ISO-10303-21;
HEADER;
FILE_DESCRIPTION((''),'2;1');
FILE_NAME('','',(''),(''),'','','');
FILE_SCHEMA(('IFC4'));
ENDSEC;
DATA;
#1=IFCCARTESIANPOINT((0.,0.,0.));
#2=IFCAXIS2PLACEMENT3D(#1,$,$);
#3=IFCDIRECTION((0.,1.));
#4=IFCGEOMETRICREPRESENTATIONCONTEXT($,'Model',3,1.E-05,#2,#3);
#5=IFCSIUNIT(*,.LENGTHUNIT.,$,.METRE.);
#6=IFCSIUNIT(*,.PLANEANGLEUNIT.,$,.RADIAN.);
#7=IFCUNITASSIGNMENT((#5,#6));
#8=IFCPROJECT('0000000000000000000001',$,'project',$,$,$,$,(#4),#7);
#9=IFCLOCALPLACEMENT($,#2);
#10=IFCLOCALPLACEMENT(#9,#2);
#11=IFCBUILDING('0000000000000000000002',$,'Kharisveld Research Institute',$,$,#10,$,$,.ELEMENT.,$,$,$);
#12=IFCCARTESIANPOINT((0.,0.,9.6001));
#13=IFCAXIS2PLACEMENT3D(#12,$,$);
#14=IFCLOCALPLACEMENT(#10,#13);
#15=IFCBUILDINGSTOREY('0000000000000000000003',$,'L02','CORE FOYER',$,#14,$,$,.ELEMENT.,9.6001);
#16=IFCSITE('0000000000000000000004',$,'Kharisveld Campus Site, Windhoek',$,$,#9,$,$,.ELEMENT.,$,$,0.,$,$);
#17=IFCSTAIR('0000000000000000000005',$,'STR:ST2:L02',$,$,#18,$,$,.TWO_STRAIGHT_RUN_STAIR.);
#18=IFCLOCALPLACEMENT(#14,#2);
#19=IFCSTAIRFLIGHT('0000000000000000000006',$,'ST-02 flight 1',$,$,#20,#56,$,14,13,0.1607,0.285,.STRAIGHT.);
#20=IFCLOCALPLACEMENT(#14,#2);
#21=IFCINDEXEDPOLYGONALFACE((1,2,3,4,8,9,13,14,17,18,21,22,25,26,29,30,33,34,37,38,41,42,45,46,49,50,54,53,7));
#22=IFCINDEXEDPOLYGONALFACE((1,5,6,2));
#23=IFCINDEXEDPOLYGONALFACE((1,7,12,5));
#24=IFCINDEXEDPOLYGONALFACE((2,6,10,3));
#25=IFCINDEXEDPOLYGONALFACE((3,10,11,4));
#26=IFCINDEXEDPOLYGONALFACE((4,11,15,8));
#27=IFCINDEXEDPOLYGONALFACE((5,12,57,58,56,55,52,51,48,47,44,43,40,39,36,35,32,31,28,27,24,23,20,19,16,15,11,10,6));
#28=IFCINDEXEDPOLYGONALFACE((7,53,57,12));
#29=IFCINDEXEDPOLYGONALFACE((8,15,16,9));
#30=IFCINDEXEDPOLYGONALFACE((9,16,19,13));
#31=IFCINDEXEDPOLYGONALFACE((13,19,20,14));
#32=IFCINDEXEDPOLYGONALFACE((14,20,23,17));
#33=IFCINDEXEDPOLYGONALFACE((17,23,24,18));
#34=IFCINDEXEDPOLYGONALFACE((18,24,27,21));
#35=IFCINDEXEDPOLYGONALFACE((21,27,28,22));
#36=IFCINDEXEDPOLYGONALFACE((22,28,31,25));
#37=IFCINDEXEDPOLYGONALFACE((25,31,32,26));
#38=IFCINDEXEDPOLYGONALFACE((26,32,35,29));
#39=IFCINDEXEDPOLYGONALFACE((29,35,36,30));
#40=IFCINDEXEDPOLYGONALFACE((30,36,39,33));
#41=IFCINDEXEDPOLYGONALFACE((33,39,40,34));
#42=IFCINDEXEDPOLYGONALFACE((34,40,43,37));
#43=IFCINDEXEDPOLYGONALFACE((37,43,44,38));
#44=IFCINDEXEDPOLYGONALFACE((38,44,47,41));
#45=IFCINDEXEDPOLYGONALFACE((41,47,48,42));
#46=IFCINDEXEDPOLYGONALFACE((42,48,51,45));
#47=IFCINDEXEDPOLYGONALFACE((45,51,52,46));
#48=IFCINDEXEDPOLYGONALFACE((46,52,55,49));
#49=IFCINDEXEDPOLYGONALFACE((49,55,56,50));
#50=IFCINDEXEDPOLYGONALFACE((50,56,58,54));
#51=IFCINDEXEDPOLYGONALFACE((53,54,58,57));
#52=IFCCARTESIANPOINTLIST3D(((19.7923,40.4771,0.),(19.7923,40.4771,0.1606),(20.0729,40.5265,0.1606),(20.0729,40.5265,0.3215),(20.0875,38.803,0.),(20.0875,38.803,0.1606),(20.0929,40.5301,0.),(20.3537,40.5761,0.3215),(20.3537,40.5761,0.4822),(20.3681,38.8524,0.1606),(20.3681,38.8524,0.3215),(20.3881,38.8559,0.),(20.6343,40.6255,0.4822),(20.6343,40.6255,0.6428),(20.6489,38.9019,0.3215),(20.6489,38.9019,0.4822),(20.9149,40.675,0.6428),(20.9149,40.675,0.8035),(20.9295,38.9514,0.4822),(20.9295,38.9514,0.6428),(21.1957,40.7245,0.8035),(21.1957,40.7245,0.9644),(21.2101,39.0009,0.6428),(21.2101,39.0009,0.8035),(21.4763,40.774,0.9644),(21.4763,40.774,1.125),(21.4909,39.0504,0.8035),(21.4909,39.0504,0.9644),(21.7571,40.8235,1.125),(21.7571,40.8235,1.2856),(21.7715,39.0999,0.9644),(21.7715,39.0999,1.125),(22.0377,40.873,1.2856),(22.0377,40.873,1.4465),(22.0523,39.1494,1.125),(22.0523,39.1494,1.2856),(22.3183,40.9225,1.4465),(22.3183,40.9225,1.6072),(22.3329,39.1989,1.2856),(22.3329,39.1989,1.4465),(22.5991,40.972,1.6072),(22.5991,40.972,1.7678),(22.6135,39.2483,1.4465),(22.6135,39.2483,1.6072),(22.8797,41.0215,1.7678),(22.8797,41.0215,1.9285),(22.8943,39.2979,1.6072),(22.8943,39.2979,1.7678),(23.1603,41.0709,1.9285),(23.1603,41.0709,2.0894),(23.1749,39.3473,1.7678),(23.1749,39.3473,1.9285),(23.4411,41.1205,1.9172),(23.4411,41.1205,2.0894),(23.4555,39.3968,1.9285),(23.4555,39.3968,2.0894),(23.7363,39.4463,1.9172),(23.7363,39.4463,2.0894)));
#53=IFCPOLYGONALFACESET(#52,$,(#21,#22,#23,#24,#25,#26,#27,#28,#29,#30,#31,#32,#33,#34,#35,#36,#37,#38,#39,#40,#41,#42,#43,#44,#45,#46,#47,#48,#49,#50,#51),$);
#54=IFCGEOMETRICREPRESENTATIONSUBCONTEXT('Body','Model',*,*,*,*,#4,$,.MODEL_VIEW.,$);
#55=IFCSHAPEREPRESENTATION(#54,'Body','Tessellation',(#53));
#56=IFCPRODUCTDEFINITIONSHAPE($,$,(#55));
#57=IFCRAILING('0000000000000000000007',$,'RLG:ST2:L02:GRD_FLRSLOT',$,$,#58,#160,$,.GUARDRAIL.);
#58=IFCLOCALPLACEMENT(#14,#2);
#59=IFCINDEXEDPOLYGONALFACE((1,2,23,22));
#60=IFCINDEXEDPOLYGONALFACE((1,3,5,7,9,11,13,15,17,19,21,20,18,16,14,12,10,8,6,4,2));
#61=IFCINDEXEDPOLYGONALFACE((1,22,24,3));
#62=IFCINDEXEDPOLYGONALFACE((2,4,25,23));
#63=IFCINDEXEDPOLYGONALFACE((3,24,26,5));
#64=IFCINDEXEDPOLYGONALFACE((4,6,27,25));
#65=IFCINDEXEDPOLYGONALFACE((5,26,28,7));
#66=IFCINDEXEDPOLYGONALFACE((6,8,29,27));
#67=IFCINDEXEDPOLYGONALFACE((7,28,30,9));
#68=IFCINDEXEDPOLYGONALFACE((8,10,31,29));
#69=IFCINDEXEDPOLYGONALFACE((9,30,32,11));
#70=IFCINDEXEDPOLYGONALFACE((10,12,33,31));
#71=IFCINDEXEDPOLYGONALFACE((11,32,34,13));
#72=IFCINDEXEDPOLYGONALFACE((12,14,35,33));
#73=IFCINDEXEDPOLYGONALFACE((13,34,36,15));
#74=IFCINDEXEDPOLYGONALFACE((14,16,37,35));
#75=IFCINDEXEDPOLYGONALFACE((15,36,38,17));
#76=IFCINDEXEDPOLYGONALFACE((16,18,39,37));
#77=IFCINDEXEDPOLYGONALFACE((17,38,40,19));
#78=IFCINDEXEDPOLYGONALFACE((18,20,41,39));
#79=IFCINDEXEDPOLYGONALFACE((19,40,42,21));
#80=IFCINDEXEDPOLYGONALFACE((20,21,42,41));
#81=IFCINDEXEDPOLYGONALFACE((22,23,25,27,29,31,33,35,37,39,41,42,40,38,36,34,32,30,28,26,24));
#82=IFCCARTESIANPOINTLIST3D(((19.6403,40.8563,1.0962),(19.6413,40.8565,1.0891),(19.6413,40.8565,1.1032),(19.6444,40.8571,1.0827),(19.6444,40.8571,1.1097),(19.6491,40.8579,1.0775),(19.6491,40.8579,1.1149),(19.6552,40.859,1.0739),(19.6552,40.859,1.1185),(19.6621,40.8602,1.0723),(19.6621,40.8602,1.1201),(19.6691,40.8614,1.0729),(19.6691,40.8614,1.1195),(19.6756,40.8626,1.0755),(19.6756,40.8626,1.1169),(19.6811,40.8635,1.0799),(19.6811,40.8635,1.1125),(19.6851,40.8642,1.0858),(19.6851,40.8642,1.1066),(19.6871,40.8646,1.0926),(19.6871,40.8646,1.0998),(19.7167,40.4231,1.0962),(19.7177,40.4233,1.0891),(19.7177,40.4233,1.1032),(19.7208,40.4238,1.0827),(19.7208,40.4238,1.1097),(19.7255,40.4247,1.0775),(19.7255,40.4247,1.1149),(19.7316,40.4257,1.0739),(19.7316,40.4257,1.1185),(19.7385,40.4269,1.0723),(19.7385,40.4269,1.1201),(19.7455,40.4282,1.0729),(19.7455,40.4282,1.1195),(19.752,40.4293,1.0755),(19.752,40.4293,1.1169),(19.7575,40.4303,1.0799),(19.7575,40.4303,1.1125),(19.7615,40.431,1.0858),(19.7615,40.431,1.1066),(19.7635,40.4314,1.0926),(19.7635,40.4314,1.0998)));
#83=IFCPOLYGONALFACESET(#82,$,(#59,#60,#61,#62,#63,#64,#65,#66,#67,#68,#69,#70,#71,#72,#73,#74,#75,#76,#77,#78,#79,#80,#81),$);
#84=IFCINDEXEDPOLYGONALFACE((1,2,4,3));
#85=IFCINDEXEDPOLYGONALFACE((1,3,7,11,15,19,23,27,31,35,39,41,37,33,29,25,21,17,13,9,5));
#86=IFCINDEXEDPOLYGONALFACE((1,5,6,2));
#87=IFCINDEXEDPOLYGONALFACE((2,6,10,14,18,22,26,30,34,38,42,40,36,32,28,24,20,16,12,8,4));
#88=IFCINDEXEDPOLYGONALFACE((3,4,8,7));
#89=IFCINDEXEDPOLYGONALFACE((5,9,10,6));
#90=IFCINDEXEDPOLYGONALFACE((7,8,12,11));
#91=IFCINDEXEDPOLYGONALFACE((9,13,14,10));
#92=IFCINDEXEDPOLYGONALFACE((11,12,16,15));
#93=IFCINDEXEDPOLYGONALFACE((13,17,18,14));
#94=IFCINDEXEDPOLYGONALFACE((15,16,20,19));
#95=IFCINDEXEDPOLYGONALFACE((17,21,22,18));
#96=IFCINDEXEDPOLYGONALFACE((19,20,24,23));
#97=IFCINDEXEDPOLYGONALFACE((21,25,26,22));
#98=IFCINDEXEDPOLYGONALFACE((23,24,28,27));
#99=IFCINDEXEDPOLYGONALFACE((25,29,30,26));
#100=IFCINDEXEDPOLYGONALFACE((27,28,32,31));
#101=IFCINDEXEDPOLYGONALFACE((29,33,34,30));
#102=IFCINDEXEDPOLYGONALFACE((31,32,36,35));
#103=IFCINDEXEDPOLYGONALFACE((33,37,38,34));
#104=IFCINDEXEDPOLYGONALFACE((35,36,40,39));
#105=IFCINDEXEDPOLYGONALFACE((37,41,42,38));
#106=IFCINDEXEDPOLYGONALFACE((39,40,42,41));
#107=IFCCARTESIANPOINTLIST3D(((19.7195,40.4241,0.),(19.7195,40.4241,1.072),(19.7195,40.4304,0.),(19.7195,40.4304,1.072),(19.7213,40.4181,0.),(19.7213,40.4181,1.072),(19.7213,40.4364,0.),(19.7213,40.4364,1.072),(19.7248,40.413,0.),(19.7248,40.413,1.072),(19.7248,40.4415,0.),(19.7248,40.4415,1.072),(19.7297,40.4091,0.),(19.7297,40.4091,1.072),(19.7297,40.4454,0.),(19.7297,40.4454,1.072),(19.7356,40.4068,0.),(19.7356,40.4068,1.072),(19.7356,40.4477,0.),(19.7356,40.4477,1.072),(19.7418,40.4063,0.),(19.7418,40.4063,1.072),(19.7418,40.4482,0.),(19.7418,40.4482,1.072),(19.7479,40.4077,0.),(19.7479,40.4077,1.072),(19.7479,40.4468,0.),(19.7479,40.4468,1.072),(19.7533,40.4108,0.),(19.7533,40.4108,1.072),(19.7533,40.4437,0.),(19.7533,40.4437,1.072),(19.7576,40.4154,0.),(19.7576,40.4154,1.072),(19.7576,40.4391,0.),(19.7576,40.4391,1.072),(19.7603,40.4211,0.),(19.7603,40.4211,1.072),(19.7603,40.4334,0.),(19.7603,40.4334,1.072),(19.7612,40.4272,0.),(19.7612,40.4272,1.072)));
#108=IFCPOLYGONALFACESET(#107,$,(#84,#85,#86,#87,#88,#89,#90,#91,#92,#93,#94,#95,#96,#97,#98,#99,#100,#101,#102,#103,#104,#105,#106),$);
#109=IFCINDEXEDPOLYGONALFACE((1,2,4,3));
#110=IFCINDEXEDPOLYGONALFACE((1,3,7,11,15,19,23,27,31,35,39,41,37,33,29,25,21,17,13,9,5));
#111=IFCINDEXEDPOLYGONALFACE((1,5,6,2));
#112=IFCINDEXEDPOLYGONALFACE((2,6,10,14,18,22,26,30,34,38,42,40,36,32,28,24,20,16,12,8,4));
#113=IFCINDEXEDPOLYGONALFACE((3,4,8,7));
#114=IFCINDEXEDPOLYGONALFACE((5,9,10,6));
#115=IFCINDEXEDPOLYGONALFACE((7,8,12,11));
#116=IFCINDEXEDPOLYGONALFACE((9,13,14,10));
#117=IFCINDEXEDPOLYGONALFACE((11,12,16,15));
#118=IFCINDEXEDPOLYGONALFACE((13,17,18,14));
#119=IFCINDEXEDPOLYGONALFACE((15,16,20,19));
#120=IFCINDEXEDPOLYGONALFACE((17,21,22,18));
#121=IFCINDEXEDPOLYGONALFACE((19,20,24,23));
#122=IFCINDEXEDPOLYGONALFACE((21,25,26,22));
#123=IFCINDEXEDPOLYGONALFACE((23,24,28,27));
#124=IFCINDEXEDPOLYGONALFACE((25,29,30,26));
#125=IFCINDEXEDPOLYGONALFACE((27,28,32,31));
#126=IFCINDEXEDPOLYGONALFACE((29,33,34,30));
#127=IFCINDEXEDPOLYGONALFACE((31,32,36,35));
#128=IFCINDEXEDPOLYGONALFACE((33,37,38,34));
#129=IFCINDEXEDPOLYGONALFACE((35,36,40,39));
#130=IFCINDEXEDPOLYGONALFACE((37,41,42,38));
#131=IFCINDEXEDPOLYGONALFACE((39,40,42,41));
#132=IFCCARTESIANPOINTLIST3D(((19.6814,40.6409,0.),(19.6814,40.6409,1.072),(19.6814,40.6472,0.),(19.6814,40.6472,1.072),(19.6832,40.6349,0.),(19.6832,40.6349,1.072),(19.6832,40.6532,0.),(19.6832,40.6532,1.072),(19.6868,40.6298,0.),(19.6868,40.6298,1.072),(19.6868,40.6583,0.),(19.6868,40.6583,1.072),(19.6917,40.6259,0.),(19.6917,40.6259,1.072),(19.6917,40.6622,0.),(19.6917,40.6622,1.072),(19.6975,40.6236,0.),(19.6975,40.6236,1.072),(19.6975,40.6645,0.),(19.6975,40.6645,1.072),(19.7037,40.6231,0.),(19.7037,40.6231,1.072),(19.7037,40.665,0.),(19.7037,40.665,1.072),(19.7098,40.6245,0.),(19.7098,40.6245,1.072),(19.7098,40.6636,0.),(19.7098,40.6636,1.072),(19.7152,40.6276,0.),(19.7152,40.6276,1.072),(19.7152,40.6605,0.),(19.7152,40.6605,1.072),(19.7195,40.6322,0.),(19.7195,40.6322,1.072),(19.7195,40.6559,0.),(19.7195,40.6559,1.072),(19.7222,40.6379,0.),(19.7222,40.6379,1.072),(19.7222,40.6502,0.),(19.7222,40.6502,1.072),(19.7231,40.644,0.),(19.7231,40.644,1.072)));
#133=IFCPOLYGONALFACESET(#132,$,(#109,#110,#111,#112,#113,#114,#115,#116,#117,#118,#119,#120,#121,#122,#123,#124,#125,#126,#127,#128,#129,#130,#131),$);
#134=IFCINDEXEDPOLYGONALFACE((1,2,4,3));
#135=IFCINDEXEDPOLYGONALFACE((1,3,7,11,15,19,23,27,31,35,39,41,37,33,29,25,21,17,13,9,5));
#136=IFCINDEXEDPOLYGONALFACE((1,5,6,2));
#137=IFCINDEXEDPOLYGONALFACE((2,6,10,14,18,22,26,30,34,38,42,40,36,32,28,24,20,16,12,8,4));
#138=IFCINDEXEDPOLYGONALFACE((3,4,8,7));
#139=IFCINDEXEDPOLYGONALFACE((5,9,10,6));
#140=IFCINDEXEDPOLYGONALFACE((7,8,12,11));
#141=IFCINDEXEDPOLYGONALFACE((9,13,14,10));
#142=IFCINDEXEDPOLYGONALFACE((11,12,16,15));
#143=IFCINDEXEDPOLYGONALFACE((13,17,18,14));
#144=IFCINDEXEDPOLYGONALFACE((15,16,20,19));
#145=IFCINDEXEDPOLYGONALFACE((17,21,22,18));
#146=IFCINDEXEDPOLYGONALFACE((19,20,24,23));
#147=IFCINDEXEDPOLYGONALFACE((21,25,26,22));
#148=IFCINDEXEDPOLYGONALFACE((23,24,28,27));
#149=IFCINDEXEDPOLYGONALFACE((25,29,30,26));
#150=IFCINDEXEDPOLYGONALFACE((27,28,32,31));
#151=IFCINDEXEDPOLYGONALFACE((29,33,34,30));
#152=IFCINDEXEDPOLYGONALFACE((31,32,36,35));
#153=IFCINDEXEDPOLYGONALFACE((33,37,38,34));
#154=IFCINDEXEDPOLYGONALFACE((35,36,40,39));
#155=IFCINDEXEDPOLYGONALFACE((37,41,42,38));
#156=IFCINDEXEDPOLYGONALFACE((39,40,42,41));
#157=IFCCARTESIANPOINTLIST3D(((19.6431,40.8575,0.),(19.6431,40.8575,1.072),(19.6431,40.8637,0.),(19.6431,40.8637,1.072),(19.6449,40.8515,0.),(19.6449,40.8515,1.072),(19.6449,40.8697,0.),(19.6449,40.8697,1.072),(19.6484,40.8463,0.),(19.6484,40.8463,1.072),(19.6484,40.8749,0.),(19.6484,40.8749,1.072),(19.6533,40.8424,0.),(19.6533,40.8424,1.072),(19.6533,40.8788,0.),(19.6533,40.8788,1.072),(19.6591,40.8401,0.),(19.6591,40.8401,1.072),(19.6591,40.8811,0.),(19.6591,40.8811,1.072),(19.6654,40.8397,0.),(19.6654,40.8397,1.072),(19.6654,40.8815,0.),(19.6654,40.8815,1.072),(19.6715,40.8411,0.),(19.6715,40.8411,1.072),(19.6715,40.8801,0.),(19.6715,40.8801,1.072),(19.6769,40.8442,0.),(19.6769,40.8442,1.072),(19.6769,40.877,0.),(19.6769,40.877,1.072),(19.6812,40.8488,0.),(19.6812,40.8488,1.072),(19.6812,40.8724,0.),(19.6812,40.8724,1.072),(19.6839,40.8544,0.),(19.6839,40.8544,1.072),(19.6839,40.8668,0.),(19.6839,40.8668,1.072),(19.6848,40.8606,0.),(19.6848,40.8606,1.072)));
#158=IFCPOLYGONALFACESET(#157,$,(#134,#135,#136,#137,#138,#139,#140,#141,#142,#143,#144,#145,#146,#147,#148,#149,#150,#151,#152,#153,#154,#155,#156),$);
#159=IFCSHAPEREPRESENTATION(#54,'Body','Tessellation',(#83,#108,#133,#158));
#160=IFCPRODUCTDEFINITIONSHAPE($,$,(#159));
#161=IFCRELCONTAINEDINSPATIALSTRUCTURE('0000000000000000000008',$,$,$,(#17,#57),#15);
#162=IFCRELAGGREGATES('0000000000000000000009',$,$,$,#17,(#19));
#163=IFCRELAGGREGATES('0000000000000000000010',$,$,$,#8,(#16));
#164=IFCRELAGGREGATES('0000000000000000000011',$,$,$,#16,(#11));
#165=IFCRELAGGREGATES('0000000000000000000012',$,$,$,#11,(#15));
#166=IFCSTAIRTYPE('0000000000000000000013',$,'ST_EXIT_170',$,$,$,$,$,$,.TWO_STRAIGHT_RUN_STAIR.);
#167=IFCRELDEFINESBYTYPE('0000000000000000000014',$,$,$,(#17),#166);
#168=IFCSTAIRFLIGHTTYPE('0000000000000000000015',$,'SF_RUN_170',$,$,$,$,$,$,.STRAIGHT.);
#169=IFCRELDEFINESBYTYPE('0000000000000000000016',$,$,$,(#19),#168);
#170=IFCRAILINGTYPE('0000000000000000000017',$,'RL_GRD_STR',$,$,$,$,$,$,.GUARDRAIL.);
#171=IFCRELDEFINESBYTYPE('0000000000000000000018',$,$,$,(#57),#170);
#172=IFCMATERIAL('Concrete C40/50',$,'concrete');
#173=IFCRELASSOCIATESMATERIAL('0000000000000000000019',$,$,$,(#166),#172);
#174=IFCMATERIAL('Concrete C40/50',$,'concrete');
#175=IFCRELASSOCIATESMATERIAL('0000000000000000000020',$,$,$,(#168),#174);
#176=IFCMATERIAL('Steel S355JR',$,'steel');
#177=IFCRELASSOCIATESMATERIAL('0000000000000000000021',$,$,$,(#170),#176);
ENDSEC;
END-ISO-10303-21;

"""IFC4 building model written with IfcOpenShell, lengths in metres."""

from ifc_helpers import new_model, si_unit, direction, frame, origin, origin_2d, place, context, subcontext, project, spatial, polyline, circle, outline, extrude, material, type_object, element, aggregate, save


model = new_model("IFC4")

# Units and contexts
model_context = context("Model", 3, precision=1e-05, world=origin(), true_north=direction((0.0, 1.0)))
body_context = subcontext(model_context, "Body", "Model", "MODEL_VIEW")
ifc_project = project(units=[si_unit("LENGTHUNIT", "METRE"), si_unit("PLANEANGLEUNIT", "RADIAN")], contexts=[model_context])

# Site, building, storey
site_placement = place(None, origin())
site = spatial("IfcSite", under=ifc_project, at=site_placement, Name="Kharisveld Campus Site, Windhoek", CompositionType="ELEMENT", RefElevation=0.0)
building_placement = place(site_placement, origin())
building = spatial("IfcBuilding", under=site, at=building_placement, Name="Kharisveld Research Institute", CompositionType="ELEMENT")
storey_placement = place(building_placement, frame((0.0, 0.0, 9.6001)))
storey = spatial("IfcBuildingStorey", under=building, at=storey_placement, Name="L02", Description="CORE FOYER", CompositionType="ELEMENT", Elevation=9.6001)

# Stair, stair flight
ifc_material_1 = material(Name="Concrete C40/50", Category="concrete")
stair_type = type_object("IfcStairType", Name="ST_EXIT_170", PredefinedType="TWO_STRAIGHT_RUN_STAIR", material=ifc_material_1)
stair_placement = place(storey_placement, origin())
stair = element("IfcStair", 1, at=stair_placement, inside=storey, type_object=stair_type, Name="STR:ST2:L02", PredefinedType="TWO_STRAIGHT_RUN_STAIR")
ifc_material_2 = material(Name="Concrete C40/50", Category="concrete")
stair_flight_type = type_object("IfcStairFlightType", Name="SF_RUN_170", PredefinedType="STRAIGHT", material=ifc_material_2)
stair_flight_placement = place(storey_placement, frame((19.9399, 39.6399, 0.0), z_axis=(0.0, 0.0, 1.0), x_axis=(0.984808, 0.173648, 0.0)))
stair_flight = element("IfcStairFlight", 2, at=stair_flight_placement, type_object=stair_flight_type, Name="ST-02 flight 1", NumberOfRisers=14, NumberOfTreads=13, PredefinedType="STRAIGHT", RiserHeight=0.1607, TreadLength=0.285, context=body_context, shape_type="SweptSolid", body=[
    extrude(outline(polyline([(0.0, 0.0), (0.0, 0.1606), (0.2849, 0.1606), (0.2849, 0.3215), (0.5701, 0.3215), (0.5701, 0.4822), (0.855, 0.4822), (0.855, 0.6428), (1.1399, 0.6428), (1.1399, 0.8035), (1.425, 0.8035), (1.425, 0.9644), (1.71, 0.9644), (1.71, 1.125), (1.9951, 1.125), (1.9951, 1.2856), (2.28, 1.2856), (2.28, 1.4465), (2.5649, 1.4465), (2.5649, 1.6072), (2.8501, 1.6072), (2.8501, 1.7678), (3.135, 1.7678), (3.135, 1.9285), (3.4199, 1.9285), (3.4199, 2.0894), (3.7051, 2.0894), (3.7051, 2.25), (3.7051, 1.9172), (0.3052, 0.0), (0.0, 0.0)])), frame((0.0, 0.8501, 0.0), z_axis=(0.0, -1.0, 0.0), x_axis=(1.0, 0.0, 0.0)), (0.0, 0.0, 1.0), 1.7),
])
aggregate(stair, [stair_flight])

# Railing
ifc_material_3 = material(Name="Steel S355JR", Category="steel")
railing_type_1 = type_object("IfcRailingType", Name="RL_GRD_STR", PredefinedType="GUARDRAIL", material=ifc_material_3)
railing_1_placement = place(storey_placement, frame((19.7402, 40.4272, 0.0)))
element("IfcRailing", 3, at=railing_1_placement, inside=storey, type_object=railing_type_1, Name="RLG:ST2:L02:GRD_FLRSLOT", PredefinedType="GUARDRAIL", context=body_context, shape_type="SweptSolid", body=[
    extrude(circle(Radius=0.0239, at=origin_2d()), frame((0.0, 0.0, 1.0962), z_axis=(-0.173659, 0.984806, 0.0), x_axis=(-0.984806, -0.173659, 0.0)), (0.0, 0.0, 1.0), 0.4399),
    extrude(circle(Radius=0.021, at=origin_2d()), origin(), (0.0, 0.0, 1.0), 1.072),
    extrude(circle(Radius=0.021, at=origin_2d()), frame((-0.0381, 0.2168, 0.0)), (0.0, 0.0, 1.0), 1.072),
    extrude(circle(Radius=0.021, at=origin_2d()), frame((-0.0764, 0.4333, 0.0)), (0.0, 0.0, 1.0), 1.072),
])

save(model, "model.ifc")
